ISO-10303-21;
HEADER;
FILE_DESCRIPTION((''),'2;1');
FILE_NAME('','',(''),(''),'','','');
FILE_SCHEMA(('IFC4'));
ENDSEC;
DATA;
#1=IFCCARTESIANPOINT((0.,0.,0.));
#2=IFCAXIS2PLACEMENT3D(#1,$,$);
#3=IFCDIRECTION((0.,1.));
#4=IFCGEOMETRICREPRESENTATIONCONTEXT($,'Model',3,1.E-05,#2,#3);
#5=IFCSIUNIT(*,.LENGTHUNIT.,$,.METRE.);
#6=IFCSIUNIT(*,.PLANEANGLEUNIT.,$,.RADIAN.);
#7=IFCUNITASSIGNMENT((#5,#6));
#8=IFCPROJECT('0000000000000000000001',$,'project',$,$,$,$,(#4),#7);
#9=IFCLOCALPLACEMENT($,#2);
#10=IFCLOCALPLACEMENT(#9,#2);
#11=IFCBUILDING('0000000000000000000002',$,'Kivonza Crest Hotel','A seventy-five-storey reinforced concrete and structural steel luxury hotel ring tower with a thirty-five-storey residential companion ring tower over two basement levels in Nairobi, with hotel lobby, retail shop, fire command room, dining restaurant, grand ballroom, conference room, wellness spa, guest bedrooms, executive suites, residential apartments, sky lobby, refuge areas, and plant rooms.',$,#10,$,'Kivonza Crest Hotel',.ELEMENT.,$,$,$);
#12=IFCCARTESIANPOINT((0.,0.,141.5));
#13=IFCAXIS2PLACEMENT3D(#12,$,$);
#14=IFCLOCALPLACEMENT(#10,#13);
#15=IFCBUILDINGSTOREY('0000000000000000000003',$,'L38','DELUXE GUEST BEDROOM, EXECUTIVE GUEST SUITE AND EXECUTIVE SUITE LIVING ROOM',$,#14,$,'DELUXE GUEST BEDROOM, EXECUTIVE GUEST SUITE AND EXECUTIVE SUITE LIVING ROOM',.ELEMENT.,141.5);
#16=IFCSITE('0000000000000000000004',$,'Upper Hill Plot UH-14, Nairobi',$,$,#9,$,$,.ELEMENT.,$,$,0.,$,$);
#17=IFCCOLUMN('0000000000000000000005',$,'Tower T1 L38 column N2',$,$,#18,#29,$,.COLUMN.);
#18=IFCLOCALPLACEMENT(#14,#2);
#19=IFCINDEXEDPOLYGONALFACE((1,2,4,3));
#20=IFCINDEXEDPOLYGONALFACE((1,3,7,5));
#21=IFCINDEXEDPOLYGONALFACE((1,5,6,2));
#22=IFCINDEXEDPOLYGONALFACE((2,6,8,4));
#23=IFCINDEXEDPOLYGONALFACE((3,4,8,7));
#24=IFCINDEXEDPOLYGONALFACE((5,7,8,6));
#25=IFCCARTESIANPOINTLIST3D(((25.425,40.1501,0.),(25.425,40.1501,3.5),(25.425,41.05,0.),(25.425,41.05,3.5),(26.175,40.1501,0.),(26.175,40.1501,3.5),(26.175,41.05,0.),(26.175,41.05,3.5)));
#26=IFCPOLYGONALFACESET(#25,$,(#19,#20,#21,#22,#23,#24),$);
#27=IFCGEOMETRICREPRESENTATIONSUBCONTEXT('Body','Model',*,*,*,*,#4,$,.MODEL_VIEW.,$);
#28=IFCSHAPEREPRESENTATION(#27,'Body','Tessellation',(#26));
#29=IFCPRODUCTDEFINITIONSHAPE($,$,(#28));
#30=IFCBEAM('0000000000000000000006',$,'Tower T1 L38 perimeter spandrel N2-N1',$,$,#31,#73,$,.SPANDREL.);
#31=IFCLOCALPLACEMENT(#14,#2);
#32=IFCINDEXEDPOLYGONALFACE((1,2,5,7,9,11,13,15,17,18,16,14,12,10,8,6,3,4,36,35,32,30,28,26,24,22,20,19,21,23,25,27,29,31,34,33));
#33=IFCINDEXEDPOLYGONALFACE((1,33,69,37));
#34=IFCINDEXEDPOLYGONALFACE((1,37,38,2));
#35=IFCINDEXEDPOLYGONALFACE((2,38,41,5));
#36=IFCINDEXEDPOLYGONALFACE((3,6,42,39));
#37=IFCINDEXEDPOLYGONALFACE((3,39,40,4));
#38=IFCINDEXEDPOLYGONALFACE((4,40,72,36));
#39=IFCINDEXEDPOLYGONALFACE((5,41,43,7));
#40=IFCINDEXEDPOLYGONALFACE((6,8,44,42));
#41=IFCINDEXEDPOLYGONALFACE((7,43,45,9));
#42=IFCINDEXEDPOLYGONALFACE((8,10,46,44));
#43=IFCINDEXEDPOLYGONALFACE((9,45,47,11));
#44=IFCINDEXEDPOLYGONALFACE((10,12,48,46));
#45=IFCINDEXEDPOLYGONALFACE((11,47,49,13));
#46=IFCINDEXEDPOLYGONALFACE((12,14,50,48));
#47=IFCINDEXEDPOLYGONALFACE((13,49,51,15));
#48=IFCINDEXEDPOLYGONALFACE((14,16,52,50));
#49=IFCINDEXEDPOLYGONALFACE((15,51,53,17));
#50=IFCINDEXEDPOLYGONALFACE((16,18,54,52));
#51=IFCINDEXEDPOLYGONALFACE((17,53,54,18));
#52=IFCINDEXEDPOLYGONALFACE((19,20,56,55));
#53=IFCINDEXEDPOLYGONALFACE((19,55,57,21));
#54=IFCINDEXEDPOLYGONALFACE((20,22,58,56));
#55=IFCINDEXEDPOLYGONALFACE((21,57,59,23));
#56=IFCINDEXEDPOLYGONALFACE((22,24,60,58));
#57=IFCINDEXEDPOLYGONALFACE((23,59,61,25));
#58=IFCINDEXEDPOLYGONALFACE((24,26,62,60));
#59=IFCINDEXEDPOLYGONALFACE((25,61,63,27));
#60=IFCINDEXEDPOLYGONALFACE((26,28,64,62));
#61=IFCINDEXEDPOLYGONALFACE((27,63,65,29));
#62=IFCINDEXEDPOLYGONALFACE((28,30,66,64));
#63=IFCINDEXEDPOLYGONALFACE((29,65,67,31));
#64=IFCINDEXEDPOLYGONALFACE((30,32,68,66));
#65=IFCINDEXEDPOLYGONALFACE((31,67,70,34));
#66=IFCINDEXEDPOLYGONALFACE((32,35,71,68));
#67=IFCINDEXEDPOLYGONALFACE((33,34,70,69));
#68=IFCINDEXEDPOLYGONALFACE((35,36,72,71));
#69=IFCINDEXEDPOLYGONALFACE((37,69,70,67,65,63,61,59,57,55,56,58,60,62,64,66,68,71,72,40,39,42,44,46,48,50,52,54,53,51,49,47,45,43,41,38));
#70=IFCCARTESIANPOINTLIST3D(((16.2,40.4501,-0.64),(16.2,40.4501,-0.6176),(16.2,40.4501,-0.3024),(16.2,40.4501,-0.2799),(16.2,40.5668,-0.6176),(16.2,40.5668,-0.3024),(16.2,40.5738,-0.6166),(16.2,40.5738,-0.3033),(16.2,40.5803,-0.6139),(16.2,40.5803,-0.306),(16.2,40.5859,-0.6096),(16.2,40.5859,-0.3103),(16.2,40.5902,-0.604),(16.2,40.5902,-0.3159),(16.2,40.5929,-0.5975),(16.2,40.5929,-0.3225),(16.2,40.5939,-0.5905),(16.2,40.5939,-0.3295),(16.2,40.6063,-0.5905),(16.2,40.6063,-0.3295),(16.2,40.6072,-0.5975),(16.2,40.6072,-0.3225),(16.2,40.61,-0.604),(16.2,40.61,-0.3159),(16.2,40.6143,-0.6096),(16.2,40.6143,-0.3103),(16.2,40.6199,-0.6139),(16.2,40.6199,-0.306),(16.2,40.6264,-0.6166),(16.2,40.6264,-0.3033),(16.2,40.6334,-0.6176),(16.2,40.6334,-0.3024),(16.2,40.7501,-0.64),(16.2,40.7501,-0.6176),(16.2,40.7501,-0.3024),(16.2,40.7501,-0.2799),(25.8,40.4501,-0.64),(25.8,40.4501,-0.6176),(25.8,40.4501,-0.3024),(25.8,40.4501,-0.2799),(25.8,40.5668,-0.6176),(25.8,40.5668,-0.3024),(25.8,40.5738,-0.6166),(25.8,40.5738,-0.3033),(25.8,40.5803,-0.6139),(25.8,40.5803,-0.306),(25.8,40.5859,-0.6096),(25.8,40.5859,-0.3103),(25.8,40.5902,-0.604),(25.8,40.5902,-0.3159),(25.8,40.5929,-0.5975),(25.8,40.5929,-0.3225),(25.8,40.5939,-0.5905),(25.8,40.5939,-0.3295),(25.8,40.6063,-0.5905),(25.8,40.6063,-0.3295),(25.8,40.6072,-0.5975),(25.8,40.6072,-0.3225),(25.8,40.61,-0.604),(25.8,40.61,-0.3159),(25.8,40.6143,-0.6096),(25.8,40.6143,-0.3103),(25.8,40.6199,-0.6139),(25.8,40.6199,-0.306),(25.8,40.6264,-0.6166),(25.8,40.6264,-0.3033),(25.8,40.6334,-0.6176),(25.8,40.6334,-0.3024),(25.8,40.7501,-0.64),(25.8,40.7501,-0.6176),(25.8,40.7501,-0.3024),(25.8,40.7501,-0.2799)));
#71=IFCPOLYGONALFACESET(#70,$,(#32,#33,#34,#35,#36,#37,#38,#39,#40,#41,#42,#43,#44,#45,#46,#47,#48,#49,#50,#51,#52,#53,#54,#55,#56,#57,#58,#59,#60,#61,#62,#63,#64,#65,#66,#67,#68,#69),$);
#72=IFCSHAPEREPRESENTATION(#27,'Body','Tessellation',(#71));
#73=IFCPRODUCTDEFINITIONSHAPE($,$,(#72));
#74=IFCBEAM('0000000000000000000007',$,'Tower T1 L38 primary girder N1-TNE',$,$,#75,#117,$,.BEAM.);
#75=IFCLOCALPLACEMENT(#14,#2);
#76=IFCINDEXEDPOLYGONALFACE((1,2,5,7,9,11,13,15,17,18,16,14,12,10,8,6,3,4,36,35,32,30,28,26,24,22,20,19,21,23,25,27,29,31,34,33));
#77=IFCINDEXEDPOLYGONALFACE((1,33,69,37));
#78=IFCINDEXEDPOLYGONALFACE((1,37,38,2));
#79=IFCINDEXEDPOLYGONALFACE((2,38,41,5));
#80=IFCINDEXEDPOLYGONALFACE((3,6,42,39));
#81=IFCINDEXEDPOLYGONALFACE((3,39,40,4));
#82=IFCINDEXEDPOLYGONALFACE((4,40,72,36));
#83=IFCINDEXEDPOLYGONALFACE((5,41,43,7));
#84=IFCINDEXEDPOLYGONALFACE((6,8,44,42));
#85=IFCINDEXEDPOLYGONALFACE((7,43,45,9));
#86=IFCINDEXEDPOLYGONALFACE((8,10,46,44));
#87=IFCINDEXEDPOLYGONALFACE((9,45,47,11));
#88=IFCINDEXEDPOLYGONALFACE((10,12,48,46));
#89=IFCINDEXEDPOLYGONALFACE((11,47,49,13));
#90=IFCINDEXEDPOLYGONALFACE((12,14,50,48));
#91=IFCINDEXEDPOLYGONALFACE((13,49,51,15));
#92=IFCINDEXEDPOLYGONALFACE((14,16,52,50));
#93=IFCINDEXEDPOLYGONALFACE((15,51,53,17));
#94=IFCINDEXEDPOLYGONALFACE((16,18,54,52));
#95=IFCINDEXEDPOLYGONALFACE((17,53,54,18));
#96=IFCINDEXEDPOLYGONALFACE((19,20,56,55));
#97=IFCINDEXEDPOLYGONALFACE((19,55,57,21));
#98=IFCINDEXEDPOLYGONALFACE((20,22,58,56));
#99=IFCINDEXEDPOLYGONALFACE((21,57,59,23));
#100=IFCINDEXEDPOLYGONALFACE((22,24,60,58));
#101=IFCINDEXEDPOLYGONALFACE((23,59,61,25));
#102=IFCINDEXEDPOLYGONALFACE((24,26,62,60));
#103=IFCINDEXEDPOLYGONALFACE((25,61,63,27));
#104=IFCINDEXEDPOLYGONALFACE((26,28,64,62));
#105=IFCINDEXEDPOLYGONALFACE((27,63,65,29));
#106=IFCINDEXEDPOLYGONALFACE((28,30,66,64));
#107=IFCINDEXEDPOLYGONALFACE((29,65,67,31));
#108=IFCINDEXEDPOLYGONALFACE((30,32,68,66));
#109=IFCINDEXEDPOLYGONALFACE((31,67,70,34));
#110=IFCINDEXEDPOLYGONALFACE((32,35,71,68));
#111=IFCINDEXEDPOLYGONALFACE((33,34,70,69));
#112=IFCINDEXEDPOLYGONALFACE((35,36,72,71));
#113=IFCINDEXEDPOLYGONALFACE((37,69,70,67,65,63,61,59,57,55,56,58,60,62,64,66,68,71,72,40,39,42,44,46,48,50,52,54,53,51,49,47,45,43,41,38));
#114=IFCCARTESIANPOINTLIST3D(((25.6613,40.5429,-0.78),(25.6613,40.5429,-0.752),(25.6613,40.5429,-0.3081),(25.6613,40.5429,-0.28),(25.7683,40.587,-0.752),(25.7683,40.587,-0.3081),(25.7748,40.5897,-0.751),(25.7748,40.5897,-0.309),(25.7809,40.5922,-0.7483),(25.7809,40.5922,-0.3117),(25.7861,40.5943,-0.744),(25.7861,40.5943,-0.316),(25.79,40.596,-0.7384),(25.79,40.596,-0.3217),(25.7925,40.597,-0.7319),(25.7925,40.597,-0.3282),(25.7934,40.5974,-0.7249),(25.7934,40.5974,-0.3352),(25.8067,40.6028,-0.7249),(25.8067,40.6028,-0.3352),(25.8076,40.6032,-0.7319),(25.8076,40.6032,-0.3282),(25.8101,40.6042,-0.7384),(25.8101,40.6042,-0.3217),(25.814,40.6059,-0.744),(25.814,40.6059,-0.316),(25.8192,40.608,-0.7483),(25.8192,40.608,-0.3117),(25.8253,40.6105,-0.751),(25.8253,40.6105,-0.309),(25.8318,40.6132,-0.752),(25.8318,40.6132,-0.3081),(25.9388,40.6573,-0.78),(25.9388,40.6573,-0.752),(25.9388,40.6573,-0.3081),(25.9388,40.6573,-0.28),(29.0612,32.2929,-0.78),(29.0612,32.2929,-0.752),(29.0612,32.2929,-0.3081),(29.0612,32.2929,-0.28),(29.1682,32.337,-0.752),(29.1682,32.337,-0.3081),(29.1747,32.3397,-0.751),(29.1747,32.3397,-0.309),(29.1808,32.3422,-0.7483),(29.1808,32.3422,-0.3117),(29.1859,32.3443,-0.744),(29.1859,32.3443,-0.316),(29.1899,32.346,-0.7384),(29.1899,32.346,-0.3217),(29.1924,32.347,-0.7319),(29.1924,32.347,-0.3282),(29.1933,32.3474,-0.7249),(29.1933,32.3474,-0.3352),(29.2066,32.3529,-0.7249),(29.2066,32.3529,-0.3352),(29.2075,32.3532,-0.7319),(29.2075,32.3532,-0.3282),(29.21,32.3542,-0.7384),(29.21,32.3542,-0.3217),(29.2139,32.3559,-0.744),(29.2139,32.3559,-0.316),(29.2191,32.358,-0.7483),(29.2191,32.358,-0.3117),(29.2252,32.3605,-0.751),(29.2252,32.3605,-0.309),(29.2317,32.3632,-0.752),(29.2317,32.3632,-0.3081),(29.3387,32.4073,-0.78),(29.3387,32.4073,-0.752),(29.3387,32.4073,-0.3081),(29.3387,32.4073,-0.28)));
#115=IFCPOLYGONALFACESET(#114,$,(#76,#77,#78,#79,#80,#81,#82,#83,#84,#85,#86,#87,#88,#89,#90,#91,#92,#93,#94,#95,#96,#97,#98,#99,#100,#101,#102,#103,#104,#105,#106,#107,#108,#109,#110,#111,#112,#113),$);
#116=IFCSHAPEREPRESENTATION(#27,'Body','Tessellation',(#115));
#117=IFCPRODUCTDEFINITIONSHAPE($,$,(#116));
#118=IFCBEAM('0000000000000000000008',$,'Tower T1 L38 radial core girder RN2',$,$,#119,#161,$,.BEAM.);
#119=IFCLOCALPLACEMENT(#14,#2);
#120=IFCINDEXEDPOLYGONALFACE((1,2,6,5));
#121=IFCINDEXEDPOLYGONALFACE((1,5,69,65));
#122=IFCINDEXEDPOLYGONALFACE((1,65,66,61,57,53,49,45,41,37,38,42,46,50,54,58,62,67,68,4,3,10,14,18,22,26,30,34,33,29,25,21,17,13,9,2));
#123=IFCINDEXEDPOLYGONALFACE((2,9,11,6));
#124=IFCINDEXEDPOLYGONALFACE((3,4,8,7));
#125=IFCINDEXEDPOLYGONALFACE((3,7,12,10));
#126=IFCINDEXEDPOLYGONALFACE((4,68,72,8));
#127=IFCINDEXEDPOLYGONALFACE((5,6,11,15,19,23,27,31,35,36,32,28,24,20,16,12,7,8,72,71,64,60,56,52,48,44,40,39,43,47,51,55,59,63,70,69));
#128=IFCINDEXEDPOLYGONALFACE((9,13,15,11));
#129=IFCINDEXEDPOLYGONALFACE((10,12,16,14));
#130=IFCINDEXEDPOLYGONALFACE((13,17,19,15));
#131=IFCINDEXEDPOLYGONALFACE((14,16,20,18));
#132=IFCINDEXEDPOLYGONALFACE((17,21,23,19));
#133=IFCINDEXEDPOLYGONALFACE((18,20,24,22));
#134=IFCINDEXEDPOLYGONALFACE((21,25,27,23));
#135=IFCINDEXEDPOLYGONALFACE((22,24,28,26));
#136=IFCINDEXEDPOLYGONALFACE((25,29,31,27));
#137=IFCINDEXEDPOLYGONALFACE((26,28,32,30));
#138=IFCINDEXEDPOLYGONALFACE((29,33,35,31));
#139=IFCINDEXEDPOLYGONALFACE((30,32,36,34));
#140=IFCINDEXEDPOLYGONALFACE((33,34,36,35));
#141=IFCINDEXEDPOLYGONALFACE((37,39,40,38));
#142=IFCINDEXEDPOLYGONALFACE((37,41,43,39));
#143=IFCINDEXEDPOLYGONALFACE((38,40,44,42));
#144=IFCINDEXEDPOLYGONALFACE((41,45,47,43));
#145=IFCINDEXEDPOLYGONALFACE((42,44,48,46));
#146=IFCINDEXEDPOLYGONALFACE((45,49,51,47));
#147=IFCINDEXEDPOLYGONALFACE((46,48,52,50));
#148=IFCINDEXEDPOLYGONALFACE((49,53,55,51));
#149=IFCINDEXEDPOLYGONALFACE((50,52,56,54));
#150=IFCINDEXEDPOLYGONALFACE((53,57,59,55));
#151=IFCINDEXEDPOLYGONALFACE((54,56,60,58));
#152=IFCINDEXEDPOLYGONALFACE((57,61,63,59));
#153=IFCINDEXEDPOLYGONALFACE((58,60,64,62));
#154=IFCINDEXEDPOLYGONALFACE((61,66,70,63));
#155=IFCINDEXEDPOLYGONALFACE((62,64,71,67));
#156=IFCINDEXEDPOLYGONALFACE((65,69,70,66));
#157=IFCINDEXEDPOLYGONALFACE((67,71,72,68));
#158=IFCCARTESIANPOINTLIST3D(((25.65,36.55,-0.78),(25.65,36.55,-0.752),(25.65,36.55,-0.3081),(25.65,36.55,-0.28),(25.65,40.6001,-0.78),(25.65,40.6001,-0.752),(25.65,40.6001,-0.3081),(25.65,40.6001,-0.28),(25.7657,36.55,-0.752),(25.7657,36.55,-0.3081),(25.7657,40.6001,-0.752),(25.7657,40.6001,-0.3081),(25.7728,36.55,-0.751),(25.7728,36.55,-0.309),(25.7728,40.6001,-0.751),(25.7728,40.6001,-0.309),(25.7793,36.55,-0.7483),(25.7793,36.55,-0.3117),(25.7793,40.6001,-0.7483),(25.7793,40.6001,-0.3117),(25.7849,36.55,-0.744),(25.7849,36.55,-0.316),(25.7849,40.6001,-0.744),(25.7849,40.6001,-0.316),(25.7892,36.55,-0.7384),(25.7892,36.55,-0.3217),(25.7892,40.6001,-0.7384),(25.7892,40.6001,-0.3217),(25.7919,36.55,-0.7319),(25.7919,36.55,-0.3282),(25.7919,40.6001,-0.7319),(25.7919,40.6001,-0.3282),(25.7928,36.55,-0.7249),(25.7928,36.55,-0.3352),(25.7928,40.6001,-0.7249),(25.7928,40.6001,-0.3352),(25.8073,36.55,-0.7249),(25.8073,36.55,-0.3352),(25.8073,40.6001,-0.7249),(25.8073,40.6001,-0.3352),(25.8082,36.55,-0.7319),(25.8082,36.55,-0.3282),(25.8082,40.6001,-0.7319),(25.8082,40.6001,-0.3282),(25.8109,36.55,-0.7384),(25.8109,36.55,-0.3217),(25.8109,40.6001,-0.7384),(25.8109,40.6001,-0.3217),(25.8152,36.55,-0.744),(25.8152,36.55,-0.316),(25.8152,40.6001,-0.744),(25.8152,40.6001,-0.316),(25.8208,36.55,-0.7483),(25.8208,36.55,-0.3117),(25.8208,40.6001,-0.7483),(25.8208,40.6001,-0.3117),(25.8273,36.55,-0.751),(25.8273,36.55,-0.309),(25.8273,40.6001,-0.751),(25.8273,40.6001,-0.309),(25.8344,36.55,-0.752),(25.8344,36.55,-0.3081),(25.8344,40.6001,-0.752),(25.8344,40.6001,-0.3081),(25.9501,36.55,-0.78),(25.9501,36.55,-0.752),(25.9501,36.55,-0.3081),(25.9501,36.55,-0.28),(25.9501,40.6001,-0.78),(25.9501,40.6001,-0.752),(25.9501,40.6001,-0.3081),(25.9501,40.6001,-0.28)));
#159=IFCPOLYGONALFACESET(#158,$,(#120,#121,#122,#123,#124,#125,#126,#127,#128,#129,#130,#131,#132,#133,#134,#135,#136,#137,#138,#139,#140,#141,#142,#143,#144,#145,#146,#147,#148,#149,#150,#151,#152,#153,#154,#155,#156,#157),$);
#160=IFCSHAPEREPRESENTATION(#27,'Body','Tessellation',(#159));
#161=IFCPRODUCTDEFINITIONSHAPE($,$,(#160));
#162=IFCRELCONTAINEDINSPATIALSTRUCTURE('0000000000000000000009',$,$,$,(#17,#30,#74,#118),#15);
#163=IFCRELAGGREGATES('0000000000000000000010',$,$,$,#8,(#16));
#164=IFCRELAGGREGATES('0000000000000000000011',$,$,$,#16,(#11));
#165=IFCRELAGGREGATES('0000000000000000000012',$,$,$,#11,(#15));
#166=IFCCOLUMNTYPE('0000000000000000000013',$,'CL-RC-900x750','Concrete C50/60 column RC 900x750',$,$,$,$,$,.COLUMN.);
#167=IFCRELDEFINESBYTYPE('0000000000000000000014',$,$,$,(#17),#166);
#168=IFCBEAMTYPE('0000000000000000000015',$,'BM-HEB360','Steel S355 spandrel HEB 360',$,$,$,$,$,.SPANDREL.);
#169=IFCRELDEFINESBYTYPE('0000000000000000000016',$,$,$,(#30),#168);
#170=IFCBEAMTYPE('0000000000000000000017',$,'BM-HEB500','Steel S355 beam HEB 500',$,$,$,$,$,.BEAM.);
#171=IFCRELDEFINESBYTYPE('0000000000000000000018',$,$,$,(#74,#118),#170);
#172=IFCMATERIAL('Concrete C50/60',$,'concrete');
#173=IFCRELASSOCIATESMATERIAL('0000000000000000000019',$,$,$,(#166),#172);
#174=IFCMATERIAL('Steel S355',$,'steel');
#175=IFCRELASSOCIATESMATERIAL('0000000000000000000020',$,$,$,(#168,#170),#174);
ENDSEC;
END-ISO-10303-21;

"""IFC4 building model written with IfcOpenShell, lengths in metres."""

from ifc_helpers import new_model, si_unit, direction, frame, origin, origin_2d, place, context, subcontext, project, spatial, rectangle, i_section, extrude, material, material_profile, profile_set, type_object, element, save


model = new_model("IFC4")

# Units and contexts
model_context = context("Model", 3, precision=1e-05, world=origin(), true_north=direction((0.0, 1.0)))
body_context = subcontext(model_context, "Body", "Model", "MODEL_VIEW")
ifc_project = project(units=[si_unit("LENGTHUNIT", "METRE"), si_unit("PLANEANGLEUNIT", "RADIAN")], contexts=[model_context])

# Site, building, storey
site_placement = place(None, origin())
site = spatial("IfcSite", under=ifc_project, at=site_placement, Name="Upper Hill Plot UH-14, Nairobi", CompositionType="ELEMENT", RefElevation=0.0)
building_placement = place(site_placement, origin())
building = spatial("IfcBuilding", under=site, at=building_placement, Name="Kivonza Crest Hotel", Description="A seventy-five-storey reinforced concrete and structural steel luxury hotel ring tower with a thirty-five-storey residential companion ring tower over two basement levels in Nairobi, with hotel lobby, retail shop, fire command room, dining restaurant, grand ballroom, conference room, wellness spa, guest bedrooms, executive suites, residential apartments, sky lobby, refuge areas, and plant rooms.", LongName="Kivonza Crest Hotel", CompositionType="ELEMENT")
storey_placement = place(building_placement, frame((0.0, 0.0, 141.5)))
storey = spatial("IfcBuildingStorey", under=building, at=storey_placement, Name="L38", Description="DELUXE GUEST BEDROOM, EXECUTIVE GUEST SUITE AND EXECUTIVE SUITE LIVING ROOM", LongName="DELUXE GUEST BEDROOM, EXECUTIVE GUEST SUITE AND EXECUTIVE SUITE LIVING ROOM", CompositionType="ELEMENT", Elevation=141.5)

# Column
ifc_material_1 = material(Name="Concrete C50/60", Category="concrete")
ifc_material_profile_1 = material_profile(ifc_material_1, rectangle(XDim=0.75, YDim=0.8999, at=origin_2d()), Name="RC 900x750")
ifc_profile_set_1 = profile_set([ifc_material_profile_1], Name="Concrete C50/60")
column_type = type_object("IfcColumnType", Name="CL-RC-900x750", Description="Concrete C50/60 column RC 900x750", PredefinedType="COLUMN", material=ifc_profile_set_1)
column_placement = place(storey_placement, frame((25.8, 40.6001, 0.0), z_axis=(0.0, 0.0, 1.0), x_axis=(1.0, 0.0, 0.0)))
element("IfcColumn", 1, at=column_placement, inside=storey, type_object=column_type, Name="Tower T1 L38 column N2", PredefinedType="COLUMN", context=body_context, shape_type="SweptSolid", body=[
    extrude(rectangle(XDim=0.75, YDim=0.8999, at=origin_2d()), origin(), (0.0, 0.0, 1.0), 3.5),
])

# Beams
ifc_material_2 = material(Name="Steel S355", Category="steel")
ifc_material_profile_2 = material_profile(ifc_material_2, i_section(OverallWidth=0.3, OverallDepth=0.3601, WebThickness=0.0125, FlangeThickness=0.0225, FilletRadius=0.0271, at=origin_2d()), Name="HEB 360")
ifc_profile_set_2 = profile_set([ifc_material_profile_2], Name="Steel S355")
beam_type_1 = type_object("IfcBeamType", Name="BM-HEB360", Description="Steel S355 spandrel HEB 360", PredefinedType="SPANDREL", material=ifc_profile_set_2)
beam_1_placement = place(storey_placement, frame((25.8, 40.6001, -0.46), z_axis=(-1.0, 0.0, 0.0), x_axis=(0.0, -1.0, 0.0)))
element("IfcBeam", 2, at=beam_1_placement, inside=storey, type_object=beam_type_1, Name="Tower T1 L38 perimeter spandrel N2-N1", PredefinedType="SPANDREL", context=body_context, shape_type="SweptSolid", body=[
    extrude(i_section(OverallWidth=0.3, OverallDepth=0.3601, WebThickness=0.0125, FlangeThickness=0.0225, FilletRadius=0.0271, at=origin_2d()), origin(), (0.0, 0.0, 1.0), 9.6001),
])
ifc_material_profile_3 = material_profile(ifc_material_2, i_section(OverallWidth=0.3, OverallDepth=0.5, WebThickness=0.0144, FlangeThickness=0.0281, FilletRadius=0.0271, at=origin_2d()), Name="HEB 500")
ifc_profile_set_3 = profile_set([ifc_material_profile_3], Name="Steel S355")
beam_type_2 = type_object("IfcBeamType", Name="BM-HEB500", Description="Steel S355 beam HEB 500", PredefinedType="BEAM", material=ifc_profile_set_3)
beam_2_placement = place(storey_placement, frame((25.8, 40.6001, -0.53), z_axis=(0.381022, -0.924566, 0.0), x_axis=(0.924566, 0.381022, 0.0)))
element("IfcBeam", 3, at=beam_2_placement, inside=storey, type_object=beam_type_2, Name="Tower T1 L38 primary girder N1-TNE", PredefinedType="BEAM", context=body_context, shape_type="SweptSolid", body=[
    extrude(i_section(OverallWidth=0.3, OverallDepth=0.5, WebThickness=0.0144, FlangeThickness=0.0281, FilletRadius=0.0271, at=origin_2d()), origin(), (0.0, 0.0, 1.0), 8.9231),
])
beam_3_placement = place(storey_placement, frame((25.8, 40.6001, -0.53), z_axis=(0.0, -1.0, 0.0), x_axis=(1.0, 0.0, 0.0)))
element("IfcBeam", 4, at=beam_3_placement, inside=storey, type_object=beam_type_2, Name="Tower T1 L38 radial core girder RN2", PredefinedType="BEAM", context=body_context, shape_type="SweptSolid", body=[
    extrude(i_section(OverallWidth=0.3, OverallDepth=0.5, WebThickness=0.0144, FlangeThickness=0.0281, FilletRadius=0.0271, at=origin_2d()), origin(), (0.0, 0.0, 1.0), 4.05),
])

save(model, "model.ifc")
